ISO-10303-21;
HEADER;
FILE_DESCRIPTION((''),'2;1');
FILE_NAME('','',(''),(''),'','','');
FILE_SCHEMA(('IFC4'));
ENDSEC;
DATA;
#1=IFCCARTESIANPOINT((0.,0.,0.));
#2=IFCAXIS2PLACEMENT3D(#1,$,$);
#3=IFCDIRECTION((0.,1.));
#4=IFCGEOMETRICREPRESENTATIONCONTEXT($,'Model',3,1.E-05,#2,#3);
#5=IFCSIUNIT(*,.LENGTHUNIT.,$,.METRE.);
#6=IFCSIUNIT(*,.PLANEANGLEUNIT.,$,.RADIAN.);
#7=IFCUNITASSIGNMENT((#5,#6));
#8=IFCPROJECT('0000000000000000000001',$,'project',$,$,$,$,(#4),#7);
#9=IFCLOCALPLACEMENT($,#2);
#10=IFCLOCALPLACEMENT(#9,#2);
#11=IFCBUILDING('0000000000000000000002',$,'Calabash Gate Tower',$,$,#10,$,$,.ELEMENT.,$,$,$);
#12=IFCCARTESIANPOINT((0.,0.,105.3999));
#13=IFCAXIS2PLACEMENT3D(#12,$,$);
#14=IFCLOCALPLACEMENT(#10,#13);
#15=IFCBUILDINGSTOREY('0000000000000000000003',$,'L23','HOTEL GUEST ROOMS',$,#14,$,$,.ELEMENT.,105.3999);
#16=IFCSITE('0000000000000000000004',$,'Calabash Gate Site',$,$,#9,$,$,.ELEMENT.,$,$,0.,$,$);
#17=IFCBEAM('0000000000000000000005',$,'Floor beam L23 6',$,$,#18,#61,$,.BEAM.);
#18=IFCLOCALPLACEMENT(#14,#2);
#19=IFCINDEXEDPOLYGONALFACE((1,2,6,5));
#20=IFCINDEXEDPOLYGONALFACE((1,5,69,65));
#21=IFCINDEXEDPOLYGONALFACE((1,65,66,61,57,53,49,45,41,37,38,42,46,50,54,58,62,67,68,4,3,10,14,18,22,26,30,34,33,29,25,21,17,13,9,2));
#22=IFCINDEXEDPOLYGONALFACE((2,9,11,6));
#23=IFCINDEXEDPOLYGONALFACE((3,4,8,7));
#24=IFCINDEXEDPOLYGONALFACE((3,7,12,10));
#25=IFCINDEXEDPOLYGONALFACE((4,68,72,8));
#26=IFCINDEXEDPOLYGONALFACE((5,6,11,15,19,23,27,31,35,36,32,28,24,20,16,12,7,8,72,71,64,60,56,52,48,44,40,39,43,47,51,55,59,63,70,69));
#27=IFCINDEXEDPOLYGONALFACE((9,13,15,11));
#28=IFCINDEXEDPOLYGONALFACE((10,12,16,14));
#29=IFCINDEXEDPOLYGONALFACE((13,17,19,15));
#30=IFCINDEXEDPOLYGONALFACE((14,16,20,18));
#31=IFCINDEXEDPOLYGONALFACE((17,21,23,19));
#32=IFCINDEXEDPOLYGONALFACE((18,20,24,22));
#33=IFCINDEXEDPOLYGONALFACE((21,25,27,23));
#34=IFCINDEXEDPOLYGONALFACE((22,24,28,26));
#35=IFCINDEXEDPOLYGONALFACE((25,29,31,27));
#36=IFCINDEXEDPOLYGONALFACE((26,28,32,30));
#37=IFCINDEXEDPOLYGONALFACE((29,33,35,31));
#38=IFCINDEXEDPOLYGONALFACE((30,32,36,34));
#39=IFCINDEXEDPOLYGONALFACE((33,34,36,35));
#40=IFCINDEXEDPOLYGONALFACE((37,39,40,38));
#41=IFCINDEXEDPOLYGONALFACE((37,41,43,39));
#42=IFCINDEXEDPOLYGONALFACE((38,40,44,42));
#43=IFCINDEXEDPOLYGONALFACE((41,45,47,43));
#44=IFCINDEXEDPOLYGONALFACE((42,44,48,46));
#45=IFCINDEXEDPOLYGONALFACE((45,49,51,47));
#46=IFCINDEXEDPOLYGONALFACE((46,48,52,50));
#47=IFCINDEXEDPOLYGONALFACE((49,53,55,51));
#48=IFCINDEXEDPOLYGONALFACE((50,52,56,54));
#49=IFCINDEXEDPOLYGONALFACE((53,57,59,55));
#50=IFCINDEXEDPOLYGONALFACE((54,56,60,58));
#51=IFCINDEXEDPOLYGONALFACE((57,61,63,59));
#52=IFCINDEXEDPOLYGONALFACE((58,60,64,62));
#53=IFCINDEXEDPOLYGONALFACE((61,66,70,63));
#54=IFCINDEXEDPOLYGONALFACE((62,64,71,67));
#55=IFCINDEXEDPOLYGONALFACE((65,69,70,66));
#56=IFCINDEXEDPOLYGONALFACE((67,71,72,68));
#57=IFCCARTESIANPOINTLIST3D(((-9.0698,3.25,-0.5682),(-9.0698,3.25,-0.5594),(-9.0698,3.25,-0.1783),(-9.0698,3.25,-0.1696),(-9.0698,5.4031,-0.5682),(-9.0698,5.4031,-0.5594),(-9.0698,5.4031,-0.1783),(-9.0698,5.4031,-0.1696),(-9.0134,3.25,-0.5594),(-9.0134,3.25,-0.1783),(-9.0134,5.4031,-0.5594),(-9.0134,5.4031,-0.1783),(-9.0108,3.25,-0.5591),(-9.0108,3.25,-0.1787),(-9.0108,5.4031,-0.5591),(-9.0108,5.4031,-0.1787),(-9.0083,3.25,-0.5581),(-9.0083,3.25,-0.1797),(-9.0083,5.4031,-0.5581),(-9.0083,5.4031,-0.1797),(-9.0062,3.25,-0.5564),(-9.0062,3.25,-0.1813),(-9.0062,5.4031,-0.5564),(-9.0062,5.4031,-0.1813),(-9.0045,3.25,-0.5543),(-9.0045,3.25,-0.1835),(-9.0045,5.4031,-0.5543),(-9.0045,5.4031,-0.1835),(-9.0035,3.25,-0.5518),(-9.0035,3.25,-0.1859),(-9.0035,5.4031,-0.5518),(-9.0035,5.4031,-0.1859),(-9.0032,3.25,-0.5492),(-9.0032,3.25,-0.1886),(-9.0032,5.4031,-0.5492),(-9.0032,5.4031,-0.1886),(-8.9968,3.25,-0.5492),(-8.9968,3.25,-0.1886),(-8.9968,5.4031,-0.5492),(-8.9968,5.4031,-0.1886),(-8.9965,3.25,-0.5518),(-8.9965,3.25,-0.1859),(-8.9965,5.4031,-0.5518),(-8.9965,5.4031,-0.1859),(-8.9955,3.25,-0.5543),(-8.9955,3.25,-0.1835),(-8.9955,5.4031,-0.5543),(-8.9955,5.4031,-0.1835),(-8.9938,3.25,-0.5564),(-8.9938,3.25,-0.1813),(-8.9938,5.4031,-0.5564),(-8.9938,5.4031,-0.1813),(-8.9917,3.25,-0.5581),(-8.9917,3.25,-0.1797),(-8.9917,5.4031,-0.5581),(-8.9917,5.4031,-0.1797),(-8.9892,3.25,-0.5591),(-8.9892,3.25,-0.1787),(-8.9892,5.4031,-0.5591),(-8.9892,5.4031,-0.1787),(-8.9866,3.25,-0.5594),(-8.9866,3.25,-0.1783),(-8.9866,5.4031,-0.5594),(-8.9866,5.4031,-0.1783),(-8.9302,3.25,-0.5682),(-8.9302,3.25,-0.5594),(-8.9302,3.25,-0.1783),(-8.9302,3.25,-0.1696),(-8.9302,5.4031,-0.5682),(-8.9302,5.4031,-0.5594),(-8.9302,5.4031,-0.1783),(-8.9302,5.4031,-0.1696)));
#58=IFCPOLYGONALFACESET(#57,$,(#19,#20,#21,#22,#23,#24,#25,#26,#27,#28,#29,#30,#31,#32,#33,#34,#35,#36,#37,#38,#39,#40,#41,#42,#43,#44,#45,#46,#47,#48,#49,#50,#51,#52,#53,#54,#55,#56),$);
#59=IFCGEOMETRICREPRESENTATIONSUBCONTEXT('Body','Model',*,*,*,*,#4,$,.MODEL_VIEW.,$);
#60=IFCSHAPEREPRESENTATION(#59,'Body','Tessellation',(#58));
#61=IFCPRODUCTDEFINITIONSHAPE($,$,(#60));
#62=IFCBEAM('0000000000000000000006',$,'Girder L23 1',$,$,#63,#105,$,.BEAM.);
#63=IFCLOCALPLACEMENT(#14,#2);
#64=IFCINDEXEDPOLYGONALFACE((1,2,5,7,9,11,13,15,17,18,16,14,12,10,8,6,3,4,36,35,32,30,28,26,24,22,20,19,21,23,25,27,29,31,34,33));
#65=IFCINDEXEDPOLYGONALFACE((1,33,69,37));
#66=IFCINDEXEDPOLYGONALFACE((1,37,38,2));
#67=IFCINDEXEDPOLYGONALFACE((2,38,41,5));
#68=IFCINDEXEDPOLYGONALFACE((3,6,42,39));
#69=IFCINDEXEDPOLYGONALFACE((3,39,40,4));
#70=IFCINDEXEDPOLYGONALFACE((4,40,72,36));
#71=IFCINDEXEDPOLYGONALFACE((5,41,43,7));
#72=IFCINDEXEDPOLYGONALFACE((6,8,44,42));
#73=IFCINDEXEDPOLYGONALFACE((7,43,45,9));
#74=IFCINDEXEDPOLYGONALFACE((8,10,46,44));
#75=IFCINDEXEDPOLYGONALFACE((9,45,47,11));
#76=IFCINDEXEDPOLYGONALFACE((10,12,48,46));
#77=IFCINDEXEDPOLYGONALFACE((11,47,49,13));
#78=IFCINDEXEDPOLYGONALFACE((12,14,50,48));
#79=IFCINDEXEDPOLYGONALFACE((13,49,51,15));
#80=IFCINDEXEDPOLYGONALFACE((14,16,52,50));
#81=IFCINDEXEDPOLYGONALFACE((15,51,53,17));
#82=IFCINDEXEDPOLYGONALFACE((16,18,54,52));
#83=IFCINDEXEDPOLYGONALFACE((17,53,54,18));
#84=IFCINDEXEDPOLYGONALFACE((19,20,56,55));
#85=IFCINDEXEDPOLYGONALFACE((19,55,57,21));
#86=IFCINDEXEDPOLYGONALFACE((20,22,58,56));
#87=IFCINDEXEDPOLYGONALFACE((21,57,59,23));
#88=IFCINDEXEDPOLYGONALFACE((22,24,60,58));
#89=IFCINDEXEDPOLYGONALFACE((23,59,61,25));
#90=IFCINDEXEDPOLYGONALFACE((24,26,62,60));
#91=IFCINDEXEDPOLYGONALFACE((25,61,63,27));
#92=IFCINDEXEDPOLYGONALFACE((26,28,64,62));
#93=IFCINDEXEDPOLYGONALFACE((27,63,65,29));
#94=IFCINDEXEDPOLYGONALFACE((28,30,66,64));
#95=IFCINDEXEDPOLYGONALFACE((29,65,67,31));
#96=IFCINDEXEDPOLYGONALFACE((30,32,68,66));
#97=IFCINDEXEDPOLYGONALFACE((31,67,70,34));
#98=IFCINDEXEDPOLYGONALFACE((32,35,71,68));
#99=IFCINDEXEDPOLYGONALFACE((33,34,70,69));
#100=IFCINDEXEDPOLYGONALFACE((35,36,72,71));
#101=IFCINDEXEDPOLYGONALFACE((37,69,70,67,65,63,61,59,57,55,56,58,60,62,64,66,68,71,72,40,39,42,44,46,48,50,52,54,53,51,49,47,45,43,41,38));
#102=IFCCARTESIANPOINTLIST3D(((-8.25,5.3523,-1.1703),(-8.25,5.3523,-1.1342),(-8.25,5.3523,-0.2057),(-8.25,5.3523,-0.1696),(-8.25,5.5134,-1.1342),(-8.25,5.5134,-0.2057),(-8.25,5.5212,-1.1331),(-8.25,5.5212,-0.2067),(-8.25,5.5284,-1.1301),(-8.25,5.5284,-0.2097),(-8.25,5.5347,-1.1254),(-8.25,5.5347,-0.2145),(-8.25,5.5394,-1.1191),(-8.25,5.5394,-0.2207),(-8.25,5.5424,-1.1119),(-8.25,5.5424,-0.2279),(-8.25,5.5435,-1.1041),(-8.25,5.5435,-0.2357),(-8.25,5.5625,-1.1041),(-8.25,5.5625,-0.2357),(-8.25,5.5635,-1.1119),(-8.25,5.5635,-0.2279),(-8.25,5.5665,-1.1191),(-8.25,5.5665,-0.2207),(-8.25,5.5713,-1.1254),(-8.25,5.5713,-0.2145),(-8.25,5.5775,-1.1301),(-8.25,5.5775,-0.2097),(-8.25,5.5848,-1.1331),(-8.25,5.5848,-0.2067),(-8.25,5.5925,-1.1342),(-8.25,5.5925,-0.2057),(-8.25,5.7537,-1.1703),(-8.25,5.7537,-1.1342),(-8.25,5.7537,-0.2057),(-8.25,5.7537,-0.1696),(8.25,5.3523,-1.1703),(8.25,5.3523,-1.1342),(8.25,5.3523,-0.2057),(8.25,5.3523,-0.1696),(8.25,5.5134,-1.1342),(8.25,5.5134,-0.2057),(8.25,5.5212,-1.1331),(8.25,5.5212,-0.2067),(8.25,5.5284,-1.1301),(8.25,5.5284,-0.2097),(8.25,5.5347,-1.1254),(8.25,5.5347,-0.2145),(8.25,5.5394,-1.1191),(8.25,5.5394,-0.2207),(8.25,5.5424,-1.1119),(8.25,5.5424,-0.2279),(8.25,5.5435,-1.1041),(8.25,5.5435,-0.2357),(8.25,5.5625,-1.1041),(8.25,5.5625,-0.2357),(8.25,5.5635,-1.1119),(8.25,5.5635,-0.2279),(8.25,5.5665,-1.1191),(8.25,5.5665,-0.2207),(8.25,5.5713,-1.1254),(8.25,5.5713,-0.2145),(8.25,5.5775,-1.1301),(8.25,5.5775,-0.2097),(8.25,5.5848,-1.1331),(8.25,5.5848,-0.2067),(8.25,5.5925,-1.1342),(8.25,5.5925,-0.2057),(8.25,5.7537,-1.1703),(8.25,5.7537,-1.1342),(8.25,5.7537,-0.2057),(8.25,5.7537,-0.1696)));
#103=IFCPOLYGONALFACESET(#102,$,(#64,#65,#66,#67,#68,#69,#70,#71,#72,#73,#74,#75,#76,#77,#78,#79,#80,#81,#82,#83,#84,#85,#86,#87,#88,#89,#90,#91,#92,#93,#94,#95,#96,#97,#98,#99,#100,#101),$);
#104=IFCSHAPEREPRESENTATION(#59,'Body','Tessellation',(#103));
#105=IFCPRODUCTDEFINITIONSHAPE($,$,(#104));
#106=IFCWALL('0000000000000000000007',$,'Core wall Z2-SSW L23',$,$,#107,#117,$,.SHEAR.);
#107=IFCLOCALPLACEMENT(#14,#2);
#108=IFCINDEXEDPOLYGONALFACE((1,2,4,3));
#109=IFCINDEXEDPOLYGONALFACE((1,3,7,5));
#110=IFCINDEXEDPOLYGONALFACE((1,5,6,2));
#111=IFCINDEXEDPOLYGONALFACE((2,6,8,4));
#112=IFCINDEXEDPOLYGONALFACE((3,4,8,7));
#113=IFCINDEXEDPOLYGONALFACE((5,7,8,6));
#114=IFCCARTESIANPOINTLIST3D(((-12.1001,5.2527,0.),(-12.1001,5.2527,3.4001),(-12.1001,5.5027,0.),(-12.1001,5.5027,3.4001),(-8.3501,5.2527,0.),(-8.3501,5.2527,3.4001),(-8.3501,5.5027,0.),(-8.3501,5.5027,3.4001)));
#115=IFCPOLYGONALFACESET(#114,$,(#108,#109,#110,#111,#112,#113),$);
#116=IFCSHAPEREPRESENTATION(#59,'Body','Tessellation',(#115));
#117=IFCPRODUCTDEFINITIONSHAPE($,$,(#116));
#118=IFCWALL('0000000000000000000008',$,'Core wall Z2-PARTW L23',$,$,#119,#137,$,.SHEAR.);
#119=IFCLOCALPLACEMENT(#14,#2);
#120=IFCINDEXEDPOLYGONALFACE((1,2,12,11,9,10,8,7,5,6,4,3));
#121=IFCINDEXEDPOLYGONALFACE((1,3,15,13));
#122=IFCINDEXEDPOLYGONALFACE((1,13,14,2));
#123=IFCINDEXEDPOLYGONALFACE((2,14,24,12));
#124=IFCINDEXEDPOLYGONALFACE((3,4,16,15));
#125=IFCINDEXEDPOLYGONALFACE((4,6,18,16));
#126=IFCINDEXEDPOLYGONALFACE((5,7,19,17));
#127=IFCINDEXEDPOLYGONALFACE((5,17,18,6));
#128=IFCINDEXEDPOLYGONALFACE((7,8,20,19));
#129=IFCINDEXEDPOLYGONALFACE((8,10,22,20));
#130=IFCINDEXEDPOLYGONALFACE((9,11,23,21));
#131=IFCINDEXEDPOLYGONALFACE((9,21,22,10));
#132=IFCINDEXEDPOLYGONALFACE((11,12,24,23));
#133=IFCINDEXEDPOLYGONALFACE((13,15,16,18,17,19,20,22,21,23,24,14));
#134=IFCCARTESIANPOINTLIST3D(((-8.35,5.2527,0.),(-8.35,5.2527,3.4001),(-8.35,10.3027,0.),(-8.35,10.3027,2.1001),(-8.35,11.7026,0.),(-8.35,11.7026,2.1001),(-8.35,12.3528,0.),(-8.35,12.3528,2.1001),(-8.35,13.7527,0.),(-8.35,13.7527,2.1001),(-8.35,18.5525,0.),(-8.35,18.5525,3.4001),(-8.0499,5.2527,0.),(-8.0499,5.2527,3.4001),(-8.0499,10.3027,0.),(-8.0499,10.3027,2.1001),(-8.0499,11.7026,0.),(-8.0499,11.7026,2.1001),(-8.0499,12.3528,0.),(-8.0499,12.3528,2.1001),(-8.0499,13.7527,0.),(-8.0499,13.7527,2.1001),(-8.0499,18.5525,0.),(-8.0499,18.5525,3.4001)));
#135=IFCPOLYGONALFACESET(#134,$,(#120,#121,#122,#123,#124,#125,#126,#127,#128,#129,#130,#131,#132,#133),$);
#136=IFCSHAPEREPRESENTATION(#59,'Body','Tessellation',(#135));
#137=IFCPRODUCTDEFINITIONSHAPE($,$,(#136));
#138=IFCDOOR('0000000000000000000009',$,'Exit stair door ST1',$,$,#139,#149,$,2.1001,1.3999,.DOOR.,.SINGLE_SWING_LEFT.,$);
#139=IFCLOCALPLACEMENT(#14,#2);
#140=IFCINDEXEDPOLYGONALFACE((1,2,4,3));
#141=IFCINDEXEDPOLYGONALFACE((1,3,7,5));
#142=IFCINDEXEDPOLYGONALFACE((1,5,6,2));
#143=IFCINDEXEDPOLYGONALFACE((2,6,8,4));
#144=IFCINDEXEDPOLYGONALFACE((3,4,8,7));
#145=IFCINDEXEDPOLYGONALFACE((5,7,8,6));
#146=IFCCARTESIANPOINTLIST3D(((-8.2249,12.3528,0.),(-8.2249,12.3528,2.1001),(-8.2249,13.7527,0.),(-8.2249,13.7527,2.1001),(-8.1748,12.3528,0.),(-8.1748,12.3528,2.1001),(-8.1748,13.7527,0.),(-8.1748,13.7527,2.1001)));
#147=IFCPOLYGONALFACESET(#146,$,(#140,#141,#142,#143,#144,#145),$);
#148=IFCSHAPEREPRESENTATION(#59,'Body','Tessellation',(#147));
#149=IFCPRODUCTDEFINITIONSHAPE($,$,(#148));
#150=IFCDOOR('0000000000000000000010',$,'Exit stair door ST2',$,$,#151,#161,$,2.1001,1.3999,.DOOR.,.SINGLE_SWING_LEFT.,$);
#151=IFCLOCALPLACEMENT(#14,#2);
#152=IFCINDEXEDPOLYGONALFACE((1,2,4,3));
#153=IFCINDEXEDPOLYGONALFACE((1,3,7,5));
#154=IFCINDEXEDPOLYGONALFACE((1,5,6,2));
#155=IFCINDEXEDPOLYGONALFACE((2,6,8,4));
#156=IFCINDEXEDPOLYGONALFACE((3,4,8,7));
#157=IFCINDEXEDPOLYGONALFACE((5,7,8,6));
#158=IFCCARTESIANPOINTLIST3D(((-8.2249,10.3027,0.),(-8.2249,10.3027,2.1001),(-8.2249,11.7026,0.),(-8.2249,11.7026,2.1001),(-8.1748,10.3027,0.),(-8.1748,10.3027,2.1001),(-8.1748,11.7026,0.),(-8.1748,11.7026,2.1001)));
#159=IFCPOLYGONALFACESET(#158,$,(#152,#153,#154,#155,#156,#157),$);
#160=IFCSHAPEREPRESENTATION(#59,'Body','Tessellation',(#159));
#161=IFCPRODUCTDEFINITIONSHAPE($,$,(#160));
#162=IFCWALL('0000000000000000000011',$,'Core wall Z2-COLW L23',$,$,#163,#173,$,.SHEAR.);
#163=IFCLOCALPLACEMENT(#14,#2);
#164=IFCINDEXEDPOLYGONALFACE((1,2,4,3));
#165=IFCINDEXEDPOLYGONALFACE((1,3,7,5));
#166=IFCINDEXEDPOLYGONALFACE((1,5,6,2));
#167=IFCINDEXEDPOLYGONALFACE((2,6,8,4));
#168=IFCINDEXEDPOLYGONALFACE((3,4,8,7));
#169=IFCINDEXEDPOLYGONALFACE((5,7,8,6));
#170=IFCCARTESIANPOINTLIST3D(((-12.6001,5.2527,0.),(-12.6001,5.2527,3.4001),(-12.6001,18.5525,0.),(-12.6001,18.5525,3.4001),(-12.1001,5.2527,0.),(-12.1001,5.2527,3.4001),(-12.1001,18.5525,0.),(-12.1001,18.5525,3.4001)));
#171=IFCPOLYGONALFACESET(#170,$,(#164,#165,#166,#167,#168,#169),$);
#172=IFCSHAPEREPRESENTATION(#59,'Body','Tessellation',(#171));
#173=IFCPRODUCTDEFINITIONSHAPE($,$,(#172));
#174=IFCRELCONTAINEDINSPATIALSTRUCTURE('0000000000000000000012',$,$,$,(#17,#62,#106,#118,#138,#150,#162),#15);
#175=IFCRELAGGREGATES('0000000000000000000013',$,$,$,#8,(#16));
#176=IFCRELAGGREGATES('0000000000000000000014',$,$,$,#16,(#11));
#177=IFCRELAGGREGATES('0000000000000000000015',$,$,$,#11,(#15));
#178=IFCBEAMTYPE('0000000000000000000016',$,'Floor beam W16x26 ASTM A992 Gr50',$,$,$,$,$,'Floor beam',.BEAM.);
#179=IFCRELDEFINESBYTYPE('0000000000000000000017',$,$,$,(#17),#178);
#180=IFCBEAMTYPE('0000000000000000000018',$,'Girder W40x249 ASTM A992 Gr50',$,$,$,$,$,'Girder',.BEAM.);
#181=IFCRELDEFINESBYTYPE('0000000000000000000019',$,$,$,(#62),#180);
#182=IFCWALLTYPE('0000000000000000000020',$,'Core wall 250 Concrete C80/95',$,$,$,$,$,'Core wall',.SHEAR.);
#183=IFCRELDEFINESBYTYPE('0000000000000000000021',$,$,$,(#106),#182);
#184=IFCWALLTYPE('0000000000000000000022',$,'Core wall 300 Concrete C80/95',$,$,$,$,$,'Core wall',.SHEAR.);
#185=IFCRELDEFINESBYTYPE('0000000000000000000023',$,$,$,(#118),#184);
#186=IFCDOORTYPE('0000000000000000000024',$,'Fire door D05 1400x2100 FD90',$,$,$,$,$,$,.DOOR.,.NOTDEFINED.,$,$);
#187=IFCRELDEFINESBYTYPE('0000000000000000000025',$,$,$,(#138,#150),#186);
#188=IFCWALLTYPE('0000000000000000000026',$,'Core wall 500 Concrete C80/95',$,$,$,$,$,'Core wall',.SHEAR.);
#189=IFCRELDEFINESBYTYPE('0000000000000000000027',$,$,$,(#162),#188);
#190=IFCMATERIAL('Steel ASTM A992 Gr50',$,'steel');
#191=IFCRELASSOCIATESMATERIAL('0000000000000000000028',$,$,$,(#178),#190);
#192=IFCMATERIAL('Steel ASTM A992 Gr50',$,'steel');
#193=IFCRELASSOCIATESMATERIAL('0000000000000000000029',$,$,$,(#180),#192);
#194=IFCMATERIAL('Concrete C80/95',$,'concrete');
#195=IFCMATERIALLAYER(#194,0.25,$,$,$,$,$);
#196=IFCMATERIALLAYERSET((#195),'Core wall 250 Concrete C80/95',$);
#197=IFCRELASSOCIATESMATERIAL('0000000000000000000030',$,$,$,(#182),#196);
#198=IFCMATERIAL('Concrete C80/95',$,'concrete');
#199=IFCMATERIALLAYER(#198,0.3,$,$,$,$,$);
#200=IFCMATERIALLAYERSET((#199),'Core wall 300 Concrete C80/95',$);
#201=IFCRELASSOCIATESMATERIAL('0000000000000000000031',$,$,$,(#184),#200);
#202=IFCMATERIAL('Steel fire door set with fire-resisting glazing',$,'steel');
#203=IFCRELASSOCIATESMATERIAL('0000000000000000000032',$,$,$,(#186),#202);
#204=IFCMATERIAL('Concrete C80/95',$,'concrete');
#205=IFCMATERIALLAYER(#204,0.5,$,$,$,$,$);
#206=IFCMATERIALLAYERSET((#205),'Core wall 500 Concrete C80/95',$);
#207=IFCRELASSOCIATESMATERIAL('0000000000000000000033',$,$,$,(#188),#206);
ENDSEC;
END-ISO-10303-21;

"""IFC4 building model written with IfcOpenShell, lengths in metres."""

from ifc_helpers import new_model, si_unit, direction, frame, frame_2d, origin, origin_2d, place, context, subcontext, project, spatial, rectangle, i_section, extrude, material, layer, layer_set, material_profile, profile_set, type_object, element, fill, save


model = new_model("IFC4")

# Units and contexts
model_context = context("Model", 3, precision=1e-05, world=origin(), true_north=direction((0.0, 1.0)))
body_context = subcontext(model_context, "Body", "Model", "MODEL_VIEW")
ifc_project = project(units=[si_unit("LENGTHUNIT", "METRE"), si_unit("PLANEANGLEUNIT", "RADIAN")], contexts=[model_context])

# Site, building, storey
site_placement = place(None, origin())
site = spatial("IfcSite", under=ifc_project, at=site_placement, Name="Calabash Gate Site", CompositionType="ELEMENT", RefElevation=0.0)
building_placement = place(site_placement, origin())
building = spatial("IfcBuilding", under=site, at=building_placement, Name="Calabash Gate Tower", CompositionType="ELEMENT")
storey_placement = place(building_placement, frame((0.0, 0.0, 105.3999)))
storey = spatial("IfcBuildingStorey", under=building, at=storey_placement, Name="L23", Description="HOTEL GUEST ROOMS", CompositionType="ELEMENT", Elevation=105.3999)

# Beams
ifc_material_1 = material(Name="Steel ASTM A992 Gr50", Category="steel")
ifc_material_profile_1 = material_profile(ifc_material_1, i_section(OverallWidth=0.1396, OverallDepth=0.3987, WebThickness=0.0063, FlangeThickness=0.0088, FilletRadius=0.0103, at=origin_2d()))
ifc_profile_set_1 = profile_set([ifc_material_profile_1], Name="Steel ASTM A992 Gr50")
beam_type_1 = type_object("IfcBeamType", Name="Floor beam W16x26 ASTM A992 Gr50", ElementType="Floor beam", PredefinedType="BEAM", material=ifc_profile_set_1)
beam_1_placement = place(storey_placement, frame((-9.0, 3.25, -0.3689), z_axis=(0.0, 1.0, 0.0), x_axis=(-1.0, 0.0, 0.0)))
element("IfcBeam", 1, at=beam_1_placement, inside=storey, type_object=beam_type_1, Name="Floor beam L23 6", PredefinedType="BEAM", context=body_context, shape_type="SweptSolid", body=[
    extrude(i_section(OverallWidth=0.1396, OverallDepth=0.3987, WebThickness=0.0063, FlangeThickness=0.0088, FilletRadius=0.0103, at=origin_2d()), origin(), (0.0, 0.0, 1.0), 2.1531),
])
ifc_material_2 = material(Name="Steel ASTM A992 Gr50", Category="steel")
ifc_material_profile_2 = material_profile(ifc_material_2, i_section(OverallWidth=0.4014, OverallDepth=1.0007, WebThickness=0.019, FlangeThickness=0.0361, FilletRadius=0.03, at=origin_2d()))
ifc_profile_set_2 = profile_set([ifc_material_profile_2], Name="Steel ASTM A992 Gr50")
beam_type_2 = type_object("IfcBeamType", Name="Girder W40x249 ASTM A992 Gr50", ElementType="Girder", PredefinedType="BEAM", material=ifc_profile_set_2)
beam_2_placement = place(storey_placement, frame((-8.25, 5.553, -0.6699), z_axis=(1.0, 0.0, 0.0), x_axis=(0.0, 1.0, 0.0)))
element("IfcBeam", 2, at=beam_2_placement, inside=storey, type_object=beam_type_2, Name="Girder L23 1", PredefinedType="BEAM", context=body_context, shape_type="SweptSolid", body=[
    extrude(i_section(OverallWidth=0.4014, OverallDepth=1.0007, WebThickness=0.019, FlangeThickness=0.0361, FilletRadius=0.03, at=origin_2d()), origin(), (0.0, 0.0, 1.0), 16.5),
])

# Wall
ifc_material_3 = material(Name="Concrete C80/95", Category="concrete")
ifc_layer_1 = layer(ifc_material_3, 0.25)
ifc_layer_set_1 = layer_set([ifc_layer_1], Name="Core wall 250 Concrete C80/95")
wall_type_1 = type_object("IfcWallType", Name="Core wall 250 Concrete C80/95", ElementType="Core wall", PredefinedType="SHEAR", material=ifc_layer_set_1)
wall_1_placement = place(storey_placement, frame((-12.1001, 5.3777, 0.0), z_axis=(0.0, 0.0, 1.0), x_axis=(1.0, 0.0, 0.0)))
element("IfcWall", 3, at=wall_1_placement, inside=storey, type_object=wall_type_1, Name="Core wall Z2-SSW L23", PredefinedType="SHEAR", context=body_context, shape_type="SweptSolid", body=[
    extrude(rectangle(XDim=3.75, YDim=0.25, at=frame_2d((1.875, 0.0))), origin(), (0.0, 0.0, 1.0), 3.4001),
])

# Wall, openings, doors
ifc_material_4 = material(Name="Concrete C80/95", Category="concrete")
ifc_layer_2 = layer(ifc_material_4, 0.3)
ifc_layer_set_2 = layer_set([ifc_layer_2], Name="Core wall 300 Concrete C80/95")
wall_type_2 = type_object("IfcWallType", Name="Core wall 300 Concrete C80/95", ElementType="Core wall", PredefinedType="SHEAR", material=ifc_layer_set_2)
wall_2_placement = place(storey_placement, frame((-8.2, 5.2527, 0.0), z_axis=(0.0, 0.0, 1.0), x_axis=(0.0, 1.0, 0.0)))
wall_2 = element("IfcWall", 4, at=wall_2_placement, inside=storey, type_object=wall_type_2, Name="Core wall Z2-PARTW L23", PredefinedType="SHEAR", context=body_context, shape_type="SweptSolid", body=[
    extrude(rectangle(XDim=13.2998, YDim=0.3, at=frame_2d((6.6499, 0.0))), origin(), (0.0, 0.0, 1.0), 3.4001),
])
opening_1_placement = place(wall_2_placement, frame((7.1001, 0.0, 0.0)))
opening_1 = element("IfcOpeningElement", 5, at=opening_1_placement, cuts=wall_2, PredefinedType="OPENING", context=body_context, shape_type="SweptSolid", body=[
    extrude(rectangle(XDim=1.3999, YDim=2.1001, at=frame_2d((0.7, 1.05))), frame((0.0, 0.1599, 0.0), z_axis=(0.0, -1.0, 0.0), x_axis=(1.0, 0.0, 0.0)), (0.0, 0.0, 1.0), 0.3201),
])
opening_2_placement = place(wall_2_placement, frame((5.05, 0.0, 0.0)))
opening_2 = element("IfcOpeningElement", 6, at=opening_2_placement, cuts=wall_2, PredefinedType="OPENING", context=body_context, shape_type="SweptSolid", body=[
    extrude(rectangle(XDim=1.3999, YDim=2.1001, at=frame_2d((0.7, 1.05))), frame((0.0, 0.1599, 0.0), z_axis=(0.0, -1.0, 0.0), x_axis=(1.0, 0.0, 0.0)), (0.0, 0.0, 1.0), 0.3201),
])
ifc_material_5 = material(Name="Steel fire door set with fire-resisting glazing", Category="steel")
door_type_1 = type_object("IfcDoorType", Name="Fire door D05 1400x2100 FD90", OperationType="NOTDEFINED", PredefinedType="DOOR", material=ifc_material_5)
door_1_placement = place(opening_1_placement, origin())
door_1 = element("IfcDoor", 7, at=door_1_placement, inside=storey, type_object=door_type_1, Name="Exit stair door ST1", OperationType="SINGLE_SWING_LEFT", OverallHeight=2.1001, OverallWidth=1.3999, PredefinedType="DOOR", context=body_context, shape_type="SweptSolid", body=[
    extrude(rectangle(XDim=1.3999, YDim=2.1001, at=frame_2d((0.7, 1.05))), frame((0.0, 0.0249, 0.0), z_axis=(0.0, -1.0, 0.0), x_axis=(1.0, 0.0, 0.0)), (0.0, 0.0, 1.0), 0.05),
])
fill(opening_1, door_1)
door_2_placement = place(opening_2_placement, origin())
door_2 = element("IfcDoor", 8, at=door_2_placement, inside=storey, type_object=door_type_1, Name="Exit stair door ST2", OperationType="SINGLE_SWING_LEFT", OverallHeight=2.1001, OverallWidth=1.3999, PredefinedType="DOOR", context=body_context, shape_type="SweptSolid", body=[
    extrude(rectangle(XDim=1.3999, YDim=2.1001, at=frame_2d((0.7, 1.05))), frame((0.0, 0.0249, 0.0), z_axis=(0.0, -1.0, 0.0), x_axis=(1.0, 0.0, 0.0)), (0.0, 0.0, 1.0), 0.05),
])
fill(opening_2, door_2)

# Wall
ifc_material_6 = material(Name="Concrete C80/95", Category="concrete")
ifc_layer_3 = layer(ifc_material_6, 0.5)
ifc_layer_set_3 = layer_set([ifc_layer_3], Name="Core wall 500 Concrete C80/95")
wall_type_3 = type_object("IfcWallType", Name="Core wall 500 Concrete C80/95", ElementType="Core wall", PredefinedType="SHEAR", material=ifc_layer_set_3)
wall_3_placement = place(storey_placement, frame((-12.3501, 5.2527, 0.0), z_axis=(0.0, 0.0, 1.0), x_axis=(0.0, 1.0, 0.0)))
element("IfcWall", 9, at=wall_3_placement, inside=storey, type_object=wall_type_3, Name="Core wall Z2-COLW L23", PredefinedType="SHEAR", context=body_context, shape_type="SweptSolid", body=[
    extrude(rectangle(XDim=13.2998, YDim=0.5, at=frame_2d((6.6499, 0.0))), origin(), (0.0, 0.0, 1.0), 3.4001),
])

save(model, "model.ifc")
